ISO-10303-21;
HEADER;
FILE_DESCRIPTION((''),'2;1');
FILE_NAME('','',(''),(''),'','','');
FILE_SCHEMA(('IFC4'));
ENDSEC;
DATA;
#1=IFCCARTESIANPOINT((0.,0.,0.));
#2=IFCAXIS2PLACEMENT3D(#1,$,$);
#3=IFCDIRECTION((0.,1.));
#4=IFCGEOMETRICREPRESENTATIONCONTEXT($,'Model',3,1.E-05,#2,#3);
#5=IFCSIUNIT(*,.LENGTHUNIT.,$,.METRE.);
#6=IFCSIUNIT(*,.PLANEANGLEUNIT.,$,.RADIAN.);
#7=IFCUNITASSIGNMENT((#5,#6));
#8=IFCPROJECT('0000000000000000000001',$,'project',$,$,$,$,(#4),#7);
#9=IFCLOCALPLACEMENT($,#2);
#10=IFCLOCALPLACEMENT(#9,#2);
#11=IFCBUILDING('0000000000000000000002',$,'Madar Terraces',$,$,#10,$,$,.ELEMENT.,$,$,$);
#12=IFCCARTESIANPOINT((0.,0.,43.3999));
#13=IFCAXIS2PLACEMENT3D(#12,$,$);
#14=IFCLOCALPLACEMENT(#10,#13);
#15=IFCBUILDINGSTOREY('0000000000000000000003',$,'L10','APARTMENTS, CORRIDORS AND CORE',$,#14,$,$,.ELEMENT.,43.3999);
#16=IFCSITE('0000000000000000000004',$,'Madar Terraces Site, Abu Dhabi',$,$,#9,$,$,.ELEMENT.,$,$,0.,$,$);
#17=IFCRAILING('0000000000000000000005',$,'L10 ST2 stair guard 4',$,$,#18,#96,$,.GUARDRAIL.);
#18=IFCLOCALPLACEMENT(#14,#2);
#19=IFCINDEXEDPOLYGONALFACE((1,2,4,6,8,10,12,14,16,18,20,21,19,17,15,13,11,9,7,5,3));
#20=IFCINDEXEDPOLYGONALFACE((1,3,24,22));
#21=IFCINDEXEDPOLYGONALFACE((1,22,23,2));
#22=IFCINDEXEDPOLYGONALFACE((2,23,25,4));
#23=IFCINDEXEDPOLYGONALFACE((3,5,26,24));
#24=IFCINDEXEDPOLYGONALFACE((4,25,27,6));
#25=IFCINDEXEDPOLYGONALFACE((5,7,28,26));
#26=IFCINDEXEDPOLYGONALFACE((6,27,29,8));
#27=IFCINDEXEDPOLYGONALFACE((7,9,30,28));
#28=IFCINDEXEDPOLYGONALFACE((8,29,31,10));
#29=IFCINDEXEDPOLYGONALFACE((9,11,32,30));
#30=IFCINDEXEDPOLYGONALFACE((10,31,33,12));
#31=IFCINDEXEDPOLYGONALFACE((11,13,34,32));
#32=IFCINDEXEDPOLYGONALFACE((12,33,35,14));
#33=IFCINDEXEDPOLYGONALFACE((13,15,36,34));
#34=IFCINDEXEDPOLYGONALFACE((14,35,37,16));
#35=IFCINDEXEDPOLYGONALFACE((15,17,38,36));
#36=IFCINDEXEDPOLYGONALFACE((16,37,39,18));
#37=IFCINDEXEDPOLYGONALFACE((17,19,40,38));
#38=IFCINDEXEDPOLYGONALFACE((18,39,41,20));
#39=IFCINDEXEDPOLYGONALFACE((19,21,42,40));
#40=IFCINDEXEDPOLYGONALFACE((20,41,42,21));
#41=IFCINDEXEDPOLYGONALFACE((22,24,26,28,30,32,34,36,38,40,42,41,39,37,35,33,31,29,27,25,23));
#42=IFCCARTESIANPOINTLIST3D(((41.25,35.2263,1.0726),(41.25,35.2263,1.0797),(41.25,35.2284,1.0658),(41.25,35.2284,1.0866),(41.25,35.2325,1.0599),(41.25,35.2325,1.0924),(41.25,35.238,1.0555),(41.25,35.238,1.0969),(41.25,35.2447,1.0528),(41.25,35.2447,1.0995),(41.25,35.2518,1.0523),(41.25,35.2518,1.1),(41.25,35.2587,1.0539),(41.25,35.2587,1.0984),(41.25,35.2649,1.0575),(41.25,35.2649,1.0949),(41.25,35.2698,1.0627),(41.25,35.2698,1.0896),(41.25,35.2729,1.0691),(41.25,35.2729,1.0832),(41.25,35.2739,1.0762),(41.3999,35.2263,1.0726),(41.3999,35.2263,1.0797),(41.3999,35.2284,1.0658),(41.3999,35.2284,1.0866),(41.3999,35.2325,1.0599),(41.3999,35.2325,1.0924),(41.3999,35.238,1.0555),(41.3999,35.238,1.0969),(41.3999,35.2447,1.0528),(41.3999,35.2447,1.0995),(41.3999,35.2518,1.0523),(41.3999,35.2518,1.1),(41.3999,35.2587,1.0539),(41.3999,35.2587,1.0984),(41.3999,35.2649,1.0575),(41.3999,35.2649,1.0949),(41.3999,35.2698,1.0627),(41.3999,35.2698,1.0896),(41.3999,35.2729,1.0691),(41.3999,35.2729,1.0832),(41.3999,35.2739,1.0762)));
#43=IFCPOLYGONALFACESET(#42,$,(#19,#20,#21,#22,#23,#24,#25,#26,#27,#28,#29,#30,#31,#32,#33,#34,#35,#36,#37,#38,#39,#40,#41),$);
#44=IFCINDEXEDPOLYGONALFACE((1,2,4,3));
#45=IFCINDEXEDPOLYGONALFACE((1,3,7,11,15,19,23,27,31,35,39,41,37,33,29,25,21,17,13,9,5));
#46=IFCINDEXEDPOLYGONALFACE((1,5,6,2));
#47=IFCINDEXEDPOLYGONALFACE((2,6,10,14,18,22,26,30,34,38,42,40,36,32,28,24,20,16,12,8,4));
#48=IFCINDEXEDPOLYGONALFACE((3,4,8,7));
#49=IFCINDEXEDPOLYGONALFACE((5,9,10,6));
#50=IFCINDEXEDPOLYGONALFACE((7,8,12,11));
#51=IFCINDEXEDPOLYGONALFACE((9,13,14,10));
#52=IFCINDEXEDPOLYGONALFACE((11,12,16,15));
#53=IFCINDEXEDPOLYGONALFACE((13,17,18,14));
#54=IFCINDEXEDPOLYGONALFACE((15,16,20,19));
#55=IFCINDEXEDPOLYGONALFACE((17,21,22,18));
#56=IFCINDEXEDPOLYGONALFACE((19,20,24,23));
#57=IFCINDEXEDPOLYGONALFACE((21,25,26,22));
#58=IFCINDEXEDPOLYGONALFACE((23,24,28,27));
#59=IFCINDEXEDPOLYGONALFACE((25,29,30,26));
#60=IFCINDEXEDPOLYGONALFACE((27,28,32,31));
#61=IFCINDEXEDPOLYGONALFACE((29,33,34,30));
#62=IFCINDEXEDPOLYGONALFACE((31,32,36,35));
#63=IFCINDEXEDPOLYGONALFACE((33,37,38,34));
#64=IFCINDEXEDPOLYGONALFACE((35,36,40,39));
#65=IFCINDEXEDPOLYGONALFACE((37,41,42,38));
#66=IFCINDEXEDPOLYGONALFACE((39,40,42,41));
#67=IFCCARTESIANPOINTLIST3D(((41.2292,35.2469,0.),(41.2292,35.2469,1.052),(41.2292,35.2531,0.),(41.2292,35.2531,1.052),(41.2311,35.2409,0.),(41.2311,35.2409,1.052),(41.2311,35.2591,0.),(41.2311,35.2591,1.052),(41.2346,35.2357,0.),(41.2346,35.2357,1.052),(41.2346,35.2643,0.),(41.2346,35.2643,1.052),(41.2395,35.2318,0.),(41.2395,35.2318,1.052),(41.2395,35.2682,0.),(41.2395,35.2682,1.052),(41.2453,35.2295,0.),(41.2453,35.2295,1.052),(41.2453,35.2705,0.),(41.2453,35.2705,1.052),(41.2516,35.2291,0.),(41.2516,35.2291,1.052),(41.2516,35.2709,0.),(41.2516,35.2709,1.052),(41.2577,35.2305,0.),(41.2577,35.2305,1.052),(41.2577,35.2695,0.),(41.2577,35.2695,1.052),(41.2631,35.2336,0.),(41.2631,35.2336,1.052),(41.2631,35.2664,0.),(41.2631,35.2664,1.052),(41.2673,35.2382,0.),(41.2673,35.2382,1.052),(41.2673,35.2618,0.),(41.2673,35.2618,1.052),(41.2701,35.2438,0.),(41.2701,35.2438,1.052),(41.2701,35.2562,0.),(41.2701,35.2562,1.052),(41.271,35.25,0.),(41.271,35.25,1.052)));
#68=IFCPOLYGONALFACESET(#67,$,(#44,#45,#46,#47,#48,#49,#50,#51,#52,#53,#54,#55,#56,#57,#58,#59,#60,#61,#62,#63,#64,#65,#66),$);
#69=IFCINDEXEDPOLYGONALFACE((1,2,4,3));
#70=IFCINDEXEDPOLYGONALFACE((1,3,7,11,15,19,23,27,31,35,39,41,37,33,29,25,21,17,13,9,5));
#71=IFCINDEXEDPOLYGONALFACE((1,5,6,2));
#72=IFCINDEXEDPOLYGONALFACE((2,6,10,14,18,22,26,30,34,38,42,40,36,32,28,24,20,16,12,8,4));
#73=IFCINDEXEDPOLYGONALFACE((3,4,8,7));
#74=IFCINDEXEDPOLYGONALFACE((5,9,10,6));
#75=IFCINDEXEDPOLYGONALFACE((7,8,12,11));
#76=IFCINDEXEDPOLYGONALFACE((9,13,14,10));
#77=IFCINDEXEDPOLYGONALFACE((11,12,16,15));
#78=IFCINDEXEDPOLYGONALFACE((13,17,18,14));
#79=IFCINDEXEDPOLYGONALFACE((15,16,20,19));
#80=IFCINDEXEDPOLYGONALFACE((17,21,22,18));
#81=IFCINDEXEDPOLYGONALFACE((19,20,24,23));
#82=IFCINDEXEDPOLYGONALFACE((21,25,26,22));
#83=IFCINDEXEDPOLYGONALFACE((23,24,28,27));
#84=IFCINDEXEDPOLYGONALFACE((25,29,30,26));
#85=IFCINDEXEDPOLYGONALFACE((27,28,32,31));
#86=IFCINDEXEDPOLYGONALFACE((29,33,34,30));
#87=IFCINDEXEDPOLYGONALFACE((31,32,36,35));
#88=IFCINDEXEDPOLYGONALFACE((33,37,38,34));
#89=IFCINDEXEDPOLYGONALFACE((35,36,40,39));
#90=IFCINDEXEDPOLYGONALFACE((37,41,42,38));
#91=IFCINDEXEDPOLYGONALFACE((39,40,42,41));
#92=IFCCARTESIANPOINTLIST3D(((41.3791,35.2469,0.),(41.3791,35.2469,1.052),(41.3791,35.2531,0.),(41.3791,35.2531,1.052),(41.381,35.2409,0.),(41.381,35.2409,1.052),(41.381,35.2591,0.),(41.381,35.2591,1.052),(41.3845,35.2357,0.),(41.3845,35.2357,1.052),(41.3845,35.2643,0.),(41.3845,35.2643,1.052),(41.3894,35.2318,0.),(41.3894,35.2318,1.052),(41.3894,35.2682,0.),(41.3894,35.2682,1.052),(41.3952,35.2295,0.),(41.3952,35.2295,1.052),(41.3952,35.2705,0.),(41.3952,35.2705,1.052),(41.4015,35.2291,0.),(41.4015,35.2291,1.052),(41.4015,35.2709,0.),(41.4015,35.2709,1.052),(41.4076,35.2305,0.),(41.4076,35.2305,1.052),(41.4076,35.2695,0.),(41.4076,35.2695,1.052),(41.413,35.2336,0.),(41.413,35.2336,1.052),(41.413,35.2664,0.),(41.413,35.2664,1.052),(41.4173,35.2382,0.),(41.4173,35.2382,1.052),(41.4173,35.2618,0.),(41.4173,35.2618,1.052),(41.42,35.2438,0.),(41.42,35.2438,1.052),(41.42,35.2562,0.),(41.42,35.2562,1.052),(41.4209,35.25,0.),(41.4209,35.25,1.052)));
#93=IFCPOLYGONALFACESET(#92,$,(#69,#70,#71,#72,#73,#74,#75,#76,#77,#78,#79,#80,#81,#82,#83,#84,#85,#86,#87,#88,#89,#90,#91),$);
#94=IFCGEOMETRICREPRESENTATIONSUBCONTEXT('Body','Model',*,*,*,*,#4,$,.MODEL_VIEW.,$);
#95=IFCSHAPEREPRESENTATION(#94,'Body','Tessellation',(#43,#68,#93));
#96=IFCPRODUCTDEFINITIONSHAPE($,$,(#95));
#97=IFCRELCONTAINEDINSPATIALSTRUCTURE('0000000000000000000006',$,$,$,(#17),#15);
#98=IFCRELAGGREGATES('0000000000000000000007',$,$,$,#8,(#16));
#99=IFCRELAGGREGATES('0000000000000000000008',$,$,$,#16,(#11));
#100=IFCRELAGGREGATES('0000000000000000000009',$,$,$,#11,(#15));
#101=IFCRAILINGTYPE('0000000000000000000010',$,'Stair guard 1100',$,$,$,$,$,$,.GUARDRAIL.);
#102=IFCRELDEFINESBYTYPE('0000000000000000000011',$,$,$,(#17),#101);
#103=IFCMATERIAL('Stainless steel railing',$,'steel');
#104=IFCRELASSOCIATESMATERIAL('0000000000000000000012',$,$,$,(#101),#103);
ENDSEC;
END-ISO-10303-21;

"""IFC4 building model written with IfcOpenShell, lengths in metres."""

from ifc_helpers import new_model, si_unit, direction, frame, origin, origin_2d, place, context, subcontext, project, spatial, circle, extrude, material, type_object, element, save


model = new_model("IFC4")

# Units and contexts
model_context = context("Model", 3, precision=1e-05, world=origin(), true_north=direction((0.0, 1.0)))
body_context = subcontext(model_context, "Body", "Model", "MODEL_VIEW")
ifc_project = project(units=[si_unit("LENGTHUNIT", "METRE"), si_unit("PLANEANGLEUNIT", "RADIAN")], contexts=[model_context])

# Site, building, storey
site_placement = place(None, origin())
site = spatial("IfcSite", under=ifc_project, at=site_placement, Name="Madar Terraces Site, Abu Dhabi", CompositionType="ELEMENT", RefElevation=0.0)
building_placement = place(site_placement, origin())
building = spatial("IfcBuilding", under=site, at=building_placement, Name="Madar Terraces", CompositionType="ELEMENT")
storey_placement = place(building_placement, frame((0.0, 0.0, 43.3999)))
storey = spatial("IfcBuildingStorey", under=building, at=storey_placement, Name="L10", Description="APARTMENTS, CORRIDORS AND CORE", CompositionType="ELEMENT", Elevation=43.3999)

# Railing
ifc_material_1 = material(Name="Stainless steel railing", Category="steel")
railing_type_1 = type_object("IfcRailingType", Name="Stair guard 1100", PredefinedType="GUARDRAIL", material=ifc_material_1)
railing_1_placement = place(storey_placement, frame((41.25, 35.25, 0.0)))
element("IfcRailing", 1, at=railing_1_placement, inside=storey, type_object=railing_type_1, Name="L10 ST2 stair guard 4", PredefinedType="GUARDRAIL", context=body_context, shape_type="SweptSolid", body=[
    extrude(circle(Radius=0.0239, at=origin_2d()), frame((0.0, 0.0, 1.0762), z_axis=(1.0, 0.0, 0.0), x_axis=(0.0, 1.0, 0.0)), (0.0, 0.0, 1.0), 0.1499),
    extrude(circle(Radius=0.021, at=origin_2d()), origin(), (0.0, 0.0, 1.0), 1.052),
    extrude(circle(Radius=0.021, at=origin_2d()), frame((0.1499, 0.0, 0.0)), (0.0, 0.0, 1.0), 1.052),
])

save(model, "model.ifc")
